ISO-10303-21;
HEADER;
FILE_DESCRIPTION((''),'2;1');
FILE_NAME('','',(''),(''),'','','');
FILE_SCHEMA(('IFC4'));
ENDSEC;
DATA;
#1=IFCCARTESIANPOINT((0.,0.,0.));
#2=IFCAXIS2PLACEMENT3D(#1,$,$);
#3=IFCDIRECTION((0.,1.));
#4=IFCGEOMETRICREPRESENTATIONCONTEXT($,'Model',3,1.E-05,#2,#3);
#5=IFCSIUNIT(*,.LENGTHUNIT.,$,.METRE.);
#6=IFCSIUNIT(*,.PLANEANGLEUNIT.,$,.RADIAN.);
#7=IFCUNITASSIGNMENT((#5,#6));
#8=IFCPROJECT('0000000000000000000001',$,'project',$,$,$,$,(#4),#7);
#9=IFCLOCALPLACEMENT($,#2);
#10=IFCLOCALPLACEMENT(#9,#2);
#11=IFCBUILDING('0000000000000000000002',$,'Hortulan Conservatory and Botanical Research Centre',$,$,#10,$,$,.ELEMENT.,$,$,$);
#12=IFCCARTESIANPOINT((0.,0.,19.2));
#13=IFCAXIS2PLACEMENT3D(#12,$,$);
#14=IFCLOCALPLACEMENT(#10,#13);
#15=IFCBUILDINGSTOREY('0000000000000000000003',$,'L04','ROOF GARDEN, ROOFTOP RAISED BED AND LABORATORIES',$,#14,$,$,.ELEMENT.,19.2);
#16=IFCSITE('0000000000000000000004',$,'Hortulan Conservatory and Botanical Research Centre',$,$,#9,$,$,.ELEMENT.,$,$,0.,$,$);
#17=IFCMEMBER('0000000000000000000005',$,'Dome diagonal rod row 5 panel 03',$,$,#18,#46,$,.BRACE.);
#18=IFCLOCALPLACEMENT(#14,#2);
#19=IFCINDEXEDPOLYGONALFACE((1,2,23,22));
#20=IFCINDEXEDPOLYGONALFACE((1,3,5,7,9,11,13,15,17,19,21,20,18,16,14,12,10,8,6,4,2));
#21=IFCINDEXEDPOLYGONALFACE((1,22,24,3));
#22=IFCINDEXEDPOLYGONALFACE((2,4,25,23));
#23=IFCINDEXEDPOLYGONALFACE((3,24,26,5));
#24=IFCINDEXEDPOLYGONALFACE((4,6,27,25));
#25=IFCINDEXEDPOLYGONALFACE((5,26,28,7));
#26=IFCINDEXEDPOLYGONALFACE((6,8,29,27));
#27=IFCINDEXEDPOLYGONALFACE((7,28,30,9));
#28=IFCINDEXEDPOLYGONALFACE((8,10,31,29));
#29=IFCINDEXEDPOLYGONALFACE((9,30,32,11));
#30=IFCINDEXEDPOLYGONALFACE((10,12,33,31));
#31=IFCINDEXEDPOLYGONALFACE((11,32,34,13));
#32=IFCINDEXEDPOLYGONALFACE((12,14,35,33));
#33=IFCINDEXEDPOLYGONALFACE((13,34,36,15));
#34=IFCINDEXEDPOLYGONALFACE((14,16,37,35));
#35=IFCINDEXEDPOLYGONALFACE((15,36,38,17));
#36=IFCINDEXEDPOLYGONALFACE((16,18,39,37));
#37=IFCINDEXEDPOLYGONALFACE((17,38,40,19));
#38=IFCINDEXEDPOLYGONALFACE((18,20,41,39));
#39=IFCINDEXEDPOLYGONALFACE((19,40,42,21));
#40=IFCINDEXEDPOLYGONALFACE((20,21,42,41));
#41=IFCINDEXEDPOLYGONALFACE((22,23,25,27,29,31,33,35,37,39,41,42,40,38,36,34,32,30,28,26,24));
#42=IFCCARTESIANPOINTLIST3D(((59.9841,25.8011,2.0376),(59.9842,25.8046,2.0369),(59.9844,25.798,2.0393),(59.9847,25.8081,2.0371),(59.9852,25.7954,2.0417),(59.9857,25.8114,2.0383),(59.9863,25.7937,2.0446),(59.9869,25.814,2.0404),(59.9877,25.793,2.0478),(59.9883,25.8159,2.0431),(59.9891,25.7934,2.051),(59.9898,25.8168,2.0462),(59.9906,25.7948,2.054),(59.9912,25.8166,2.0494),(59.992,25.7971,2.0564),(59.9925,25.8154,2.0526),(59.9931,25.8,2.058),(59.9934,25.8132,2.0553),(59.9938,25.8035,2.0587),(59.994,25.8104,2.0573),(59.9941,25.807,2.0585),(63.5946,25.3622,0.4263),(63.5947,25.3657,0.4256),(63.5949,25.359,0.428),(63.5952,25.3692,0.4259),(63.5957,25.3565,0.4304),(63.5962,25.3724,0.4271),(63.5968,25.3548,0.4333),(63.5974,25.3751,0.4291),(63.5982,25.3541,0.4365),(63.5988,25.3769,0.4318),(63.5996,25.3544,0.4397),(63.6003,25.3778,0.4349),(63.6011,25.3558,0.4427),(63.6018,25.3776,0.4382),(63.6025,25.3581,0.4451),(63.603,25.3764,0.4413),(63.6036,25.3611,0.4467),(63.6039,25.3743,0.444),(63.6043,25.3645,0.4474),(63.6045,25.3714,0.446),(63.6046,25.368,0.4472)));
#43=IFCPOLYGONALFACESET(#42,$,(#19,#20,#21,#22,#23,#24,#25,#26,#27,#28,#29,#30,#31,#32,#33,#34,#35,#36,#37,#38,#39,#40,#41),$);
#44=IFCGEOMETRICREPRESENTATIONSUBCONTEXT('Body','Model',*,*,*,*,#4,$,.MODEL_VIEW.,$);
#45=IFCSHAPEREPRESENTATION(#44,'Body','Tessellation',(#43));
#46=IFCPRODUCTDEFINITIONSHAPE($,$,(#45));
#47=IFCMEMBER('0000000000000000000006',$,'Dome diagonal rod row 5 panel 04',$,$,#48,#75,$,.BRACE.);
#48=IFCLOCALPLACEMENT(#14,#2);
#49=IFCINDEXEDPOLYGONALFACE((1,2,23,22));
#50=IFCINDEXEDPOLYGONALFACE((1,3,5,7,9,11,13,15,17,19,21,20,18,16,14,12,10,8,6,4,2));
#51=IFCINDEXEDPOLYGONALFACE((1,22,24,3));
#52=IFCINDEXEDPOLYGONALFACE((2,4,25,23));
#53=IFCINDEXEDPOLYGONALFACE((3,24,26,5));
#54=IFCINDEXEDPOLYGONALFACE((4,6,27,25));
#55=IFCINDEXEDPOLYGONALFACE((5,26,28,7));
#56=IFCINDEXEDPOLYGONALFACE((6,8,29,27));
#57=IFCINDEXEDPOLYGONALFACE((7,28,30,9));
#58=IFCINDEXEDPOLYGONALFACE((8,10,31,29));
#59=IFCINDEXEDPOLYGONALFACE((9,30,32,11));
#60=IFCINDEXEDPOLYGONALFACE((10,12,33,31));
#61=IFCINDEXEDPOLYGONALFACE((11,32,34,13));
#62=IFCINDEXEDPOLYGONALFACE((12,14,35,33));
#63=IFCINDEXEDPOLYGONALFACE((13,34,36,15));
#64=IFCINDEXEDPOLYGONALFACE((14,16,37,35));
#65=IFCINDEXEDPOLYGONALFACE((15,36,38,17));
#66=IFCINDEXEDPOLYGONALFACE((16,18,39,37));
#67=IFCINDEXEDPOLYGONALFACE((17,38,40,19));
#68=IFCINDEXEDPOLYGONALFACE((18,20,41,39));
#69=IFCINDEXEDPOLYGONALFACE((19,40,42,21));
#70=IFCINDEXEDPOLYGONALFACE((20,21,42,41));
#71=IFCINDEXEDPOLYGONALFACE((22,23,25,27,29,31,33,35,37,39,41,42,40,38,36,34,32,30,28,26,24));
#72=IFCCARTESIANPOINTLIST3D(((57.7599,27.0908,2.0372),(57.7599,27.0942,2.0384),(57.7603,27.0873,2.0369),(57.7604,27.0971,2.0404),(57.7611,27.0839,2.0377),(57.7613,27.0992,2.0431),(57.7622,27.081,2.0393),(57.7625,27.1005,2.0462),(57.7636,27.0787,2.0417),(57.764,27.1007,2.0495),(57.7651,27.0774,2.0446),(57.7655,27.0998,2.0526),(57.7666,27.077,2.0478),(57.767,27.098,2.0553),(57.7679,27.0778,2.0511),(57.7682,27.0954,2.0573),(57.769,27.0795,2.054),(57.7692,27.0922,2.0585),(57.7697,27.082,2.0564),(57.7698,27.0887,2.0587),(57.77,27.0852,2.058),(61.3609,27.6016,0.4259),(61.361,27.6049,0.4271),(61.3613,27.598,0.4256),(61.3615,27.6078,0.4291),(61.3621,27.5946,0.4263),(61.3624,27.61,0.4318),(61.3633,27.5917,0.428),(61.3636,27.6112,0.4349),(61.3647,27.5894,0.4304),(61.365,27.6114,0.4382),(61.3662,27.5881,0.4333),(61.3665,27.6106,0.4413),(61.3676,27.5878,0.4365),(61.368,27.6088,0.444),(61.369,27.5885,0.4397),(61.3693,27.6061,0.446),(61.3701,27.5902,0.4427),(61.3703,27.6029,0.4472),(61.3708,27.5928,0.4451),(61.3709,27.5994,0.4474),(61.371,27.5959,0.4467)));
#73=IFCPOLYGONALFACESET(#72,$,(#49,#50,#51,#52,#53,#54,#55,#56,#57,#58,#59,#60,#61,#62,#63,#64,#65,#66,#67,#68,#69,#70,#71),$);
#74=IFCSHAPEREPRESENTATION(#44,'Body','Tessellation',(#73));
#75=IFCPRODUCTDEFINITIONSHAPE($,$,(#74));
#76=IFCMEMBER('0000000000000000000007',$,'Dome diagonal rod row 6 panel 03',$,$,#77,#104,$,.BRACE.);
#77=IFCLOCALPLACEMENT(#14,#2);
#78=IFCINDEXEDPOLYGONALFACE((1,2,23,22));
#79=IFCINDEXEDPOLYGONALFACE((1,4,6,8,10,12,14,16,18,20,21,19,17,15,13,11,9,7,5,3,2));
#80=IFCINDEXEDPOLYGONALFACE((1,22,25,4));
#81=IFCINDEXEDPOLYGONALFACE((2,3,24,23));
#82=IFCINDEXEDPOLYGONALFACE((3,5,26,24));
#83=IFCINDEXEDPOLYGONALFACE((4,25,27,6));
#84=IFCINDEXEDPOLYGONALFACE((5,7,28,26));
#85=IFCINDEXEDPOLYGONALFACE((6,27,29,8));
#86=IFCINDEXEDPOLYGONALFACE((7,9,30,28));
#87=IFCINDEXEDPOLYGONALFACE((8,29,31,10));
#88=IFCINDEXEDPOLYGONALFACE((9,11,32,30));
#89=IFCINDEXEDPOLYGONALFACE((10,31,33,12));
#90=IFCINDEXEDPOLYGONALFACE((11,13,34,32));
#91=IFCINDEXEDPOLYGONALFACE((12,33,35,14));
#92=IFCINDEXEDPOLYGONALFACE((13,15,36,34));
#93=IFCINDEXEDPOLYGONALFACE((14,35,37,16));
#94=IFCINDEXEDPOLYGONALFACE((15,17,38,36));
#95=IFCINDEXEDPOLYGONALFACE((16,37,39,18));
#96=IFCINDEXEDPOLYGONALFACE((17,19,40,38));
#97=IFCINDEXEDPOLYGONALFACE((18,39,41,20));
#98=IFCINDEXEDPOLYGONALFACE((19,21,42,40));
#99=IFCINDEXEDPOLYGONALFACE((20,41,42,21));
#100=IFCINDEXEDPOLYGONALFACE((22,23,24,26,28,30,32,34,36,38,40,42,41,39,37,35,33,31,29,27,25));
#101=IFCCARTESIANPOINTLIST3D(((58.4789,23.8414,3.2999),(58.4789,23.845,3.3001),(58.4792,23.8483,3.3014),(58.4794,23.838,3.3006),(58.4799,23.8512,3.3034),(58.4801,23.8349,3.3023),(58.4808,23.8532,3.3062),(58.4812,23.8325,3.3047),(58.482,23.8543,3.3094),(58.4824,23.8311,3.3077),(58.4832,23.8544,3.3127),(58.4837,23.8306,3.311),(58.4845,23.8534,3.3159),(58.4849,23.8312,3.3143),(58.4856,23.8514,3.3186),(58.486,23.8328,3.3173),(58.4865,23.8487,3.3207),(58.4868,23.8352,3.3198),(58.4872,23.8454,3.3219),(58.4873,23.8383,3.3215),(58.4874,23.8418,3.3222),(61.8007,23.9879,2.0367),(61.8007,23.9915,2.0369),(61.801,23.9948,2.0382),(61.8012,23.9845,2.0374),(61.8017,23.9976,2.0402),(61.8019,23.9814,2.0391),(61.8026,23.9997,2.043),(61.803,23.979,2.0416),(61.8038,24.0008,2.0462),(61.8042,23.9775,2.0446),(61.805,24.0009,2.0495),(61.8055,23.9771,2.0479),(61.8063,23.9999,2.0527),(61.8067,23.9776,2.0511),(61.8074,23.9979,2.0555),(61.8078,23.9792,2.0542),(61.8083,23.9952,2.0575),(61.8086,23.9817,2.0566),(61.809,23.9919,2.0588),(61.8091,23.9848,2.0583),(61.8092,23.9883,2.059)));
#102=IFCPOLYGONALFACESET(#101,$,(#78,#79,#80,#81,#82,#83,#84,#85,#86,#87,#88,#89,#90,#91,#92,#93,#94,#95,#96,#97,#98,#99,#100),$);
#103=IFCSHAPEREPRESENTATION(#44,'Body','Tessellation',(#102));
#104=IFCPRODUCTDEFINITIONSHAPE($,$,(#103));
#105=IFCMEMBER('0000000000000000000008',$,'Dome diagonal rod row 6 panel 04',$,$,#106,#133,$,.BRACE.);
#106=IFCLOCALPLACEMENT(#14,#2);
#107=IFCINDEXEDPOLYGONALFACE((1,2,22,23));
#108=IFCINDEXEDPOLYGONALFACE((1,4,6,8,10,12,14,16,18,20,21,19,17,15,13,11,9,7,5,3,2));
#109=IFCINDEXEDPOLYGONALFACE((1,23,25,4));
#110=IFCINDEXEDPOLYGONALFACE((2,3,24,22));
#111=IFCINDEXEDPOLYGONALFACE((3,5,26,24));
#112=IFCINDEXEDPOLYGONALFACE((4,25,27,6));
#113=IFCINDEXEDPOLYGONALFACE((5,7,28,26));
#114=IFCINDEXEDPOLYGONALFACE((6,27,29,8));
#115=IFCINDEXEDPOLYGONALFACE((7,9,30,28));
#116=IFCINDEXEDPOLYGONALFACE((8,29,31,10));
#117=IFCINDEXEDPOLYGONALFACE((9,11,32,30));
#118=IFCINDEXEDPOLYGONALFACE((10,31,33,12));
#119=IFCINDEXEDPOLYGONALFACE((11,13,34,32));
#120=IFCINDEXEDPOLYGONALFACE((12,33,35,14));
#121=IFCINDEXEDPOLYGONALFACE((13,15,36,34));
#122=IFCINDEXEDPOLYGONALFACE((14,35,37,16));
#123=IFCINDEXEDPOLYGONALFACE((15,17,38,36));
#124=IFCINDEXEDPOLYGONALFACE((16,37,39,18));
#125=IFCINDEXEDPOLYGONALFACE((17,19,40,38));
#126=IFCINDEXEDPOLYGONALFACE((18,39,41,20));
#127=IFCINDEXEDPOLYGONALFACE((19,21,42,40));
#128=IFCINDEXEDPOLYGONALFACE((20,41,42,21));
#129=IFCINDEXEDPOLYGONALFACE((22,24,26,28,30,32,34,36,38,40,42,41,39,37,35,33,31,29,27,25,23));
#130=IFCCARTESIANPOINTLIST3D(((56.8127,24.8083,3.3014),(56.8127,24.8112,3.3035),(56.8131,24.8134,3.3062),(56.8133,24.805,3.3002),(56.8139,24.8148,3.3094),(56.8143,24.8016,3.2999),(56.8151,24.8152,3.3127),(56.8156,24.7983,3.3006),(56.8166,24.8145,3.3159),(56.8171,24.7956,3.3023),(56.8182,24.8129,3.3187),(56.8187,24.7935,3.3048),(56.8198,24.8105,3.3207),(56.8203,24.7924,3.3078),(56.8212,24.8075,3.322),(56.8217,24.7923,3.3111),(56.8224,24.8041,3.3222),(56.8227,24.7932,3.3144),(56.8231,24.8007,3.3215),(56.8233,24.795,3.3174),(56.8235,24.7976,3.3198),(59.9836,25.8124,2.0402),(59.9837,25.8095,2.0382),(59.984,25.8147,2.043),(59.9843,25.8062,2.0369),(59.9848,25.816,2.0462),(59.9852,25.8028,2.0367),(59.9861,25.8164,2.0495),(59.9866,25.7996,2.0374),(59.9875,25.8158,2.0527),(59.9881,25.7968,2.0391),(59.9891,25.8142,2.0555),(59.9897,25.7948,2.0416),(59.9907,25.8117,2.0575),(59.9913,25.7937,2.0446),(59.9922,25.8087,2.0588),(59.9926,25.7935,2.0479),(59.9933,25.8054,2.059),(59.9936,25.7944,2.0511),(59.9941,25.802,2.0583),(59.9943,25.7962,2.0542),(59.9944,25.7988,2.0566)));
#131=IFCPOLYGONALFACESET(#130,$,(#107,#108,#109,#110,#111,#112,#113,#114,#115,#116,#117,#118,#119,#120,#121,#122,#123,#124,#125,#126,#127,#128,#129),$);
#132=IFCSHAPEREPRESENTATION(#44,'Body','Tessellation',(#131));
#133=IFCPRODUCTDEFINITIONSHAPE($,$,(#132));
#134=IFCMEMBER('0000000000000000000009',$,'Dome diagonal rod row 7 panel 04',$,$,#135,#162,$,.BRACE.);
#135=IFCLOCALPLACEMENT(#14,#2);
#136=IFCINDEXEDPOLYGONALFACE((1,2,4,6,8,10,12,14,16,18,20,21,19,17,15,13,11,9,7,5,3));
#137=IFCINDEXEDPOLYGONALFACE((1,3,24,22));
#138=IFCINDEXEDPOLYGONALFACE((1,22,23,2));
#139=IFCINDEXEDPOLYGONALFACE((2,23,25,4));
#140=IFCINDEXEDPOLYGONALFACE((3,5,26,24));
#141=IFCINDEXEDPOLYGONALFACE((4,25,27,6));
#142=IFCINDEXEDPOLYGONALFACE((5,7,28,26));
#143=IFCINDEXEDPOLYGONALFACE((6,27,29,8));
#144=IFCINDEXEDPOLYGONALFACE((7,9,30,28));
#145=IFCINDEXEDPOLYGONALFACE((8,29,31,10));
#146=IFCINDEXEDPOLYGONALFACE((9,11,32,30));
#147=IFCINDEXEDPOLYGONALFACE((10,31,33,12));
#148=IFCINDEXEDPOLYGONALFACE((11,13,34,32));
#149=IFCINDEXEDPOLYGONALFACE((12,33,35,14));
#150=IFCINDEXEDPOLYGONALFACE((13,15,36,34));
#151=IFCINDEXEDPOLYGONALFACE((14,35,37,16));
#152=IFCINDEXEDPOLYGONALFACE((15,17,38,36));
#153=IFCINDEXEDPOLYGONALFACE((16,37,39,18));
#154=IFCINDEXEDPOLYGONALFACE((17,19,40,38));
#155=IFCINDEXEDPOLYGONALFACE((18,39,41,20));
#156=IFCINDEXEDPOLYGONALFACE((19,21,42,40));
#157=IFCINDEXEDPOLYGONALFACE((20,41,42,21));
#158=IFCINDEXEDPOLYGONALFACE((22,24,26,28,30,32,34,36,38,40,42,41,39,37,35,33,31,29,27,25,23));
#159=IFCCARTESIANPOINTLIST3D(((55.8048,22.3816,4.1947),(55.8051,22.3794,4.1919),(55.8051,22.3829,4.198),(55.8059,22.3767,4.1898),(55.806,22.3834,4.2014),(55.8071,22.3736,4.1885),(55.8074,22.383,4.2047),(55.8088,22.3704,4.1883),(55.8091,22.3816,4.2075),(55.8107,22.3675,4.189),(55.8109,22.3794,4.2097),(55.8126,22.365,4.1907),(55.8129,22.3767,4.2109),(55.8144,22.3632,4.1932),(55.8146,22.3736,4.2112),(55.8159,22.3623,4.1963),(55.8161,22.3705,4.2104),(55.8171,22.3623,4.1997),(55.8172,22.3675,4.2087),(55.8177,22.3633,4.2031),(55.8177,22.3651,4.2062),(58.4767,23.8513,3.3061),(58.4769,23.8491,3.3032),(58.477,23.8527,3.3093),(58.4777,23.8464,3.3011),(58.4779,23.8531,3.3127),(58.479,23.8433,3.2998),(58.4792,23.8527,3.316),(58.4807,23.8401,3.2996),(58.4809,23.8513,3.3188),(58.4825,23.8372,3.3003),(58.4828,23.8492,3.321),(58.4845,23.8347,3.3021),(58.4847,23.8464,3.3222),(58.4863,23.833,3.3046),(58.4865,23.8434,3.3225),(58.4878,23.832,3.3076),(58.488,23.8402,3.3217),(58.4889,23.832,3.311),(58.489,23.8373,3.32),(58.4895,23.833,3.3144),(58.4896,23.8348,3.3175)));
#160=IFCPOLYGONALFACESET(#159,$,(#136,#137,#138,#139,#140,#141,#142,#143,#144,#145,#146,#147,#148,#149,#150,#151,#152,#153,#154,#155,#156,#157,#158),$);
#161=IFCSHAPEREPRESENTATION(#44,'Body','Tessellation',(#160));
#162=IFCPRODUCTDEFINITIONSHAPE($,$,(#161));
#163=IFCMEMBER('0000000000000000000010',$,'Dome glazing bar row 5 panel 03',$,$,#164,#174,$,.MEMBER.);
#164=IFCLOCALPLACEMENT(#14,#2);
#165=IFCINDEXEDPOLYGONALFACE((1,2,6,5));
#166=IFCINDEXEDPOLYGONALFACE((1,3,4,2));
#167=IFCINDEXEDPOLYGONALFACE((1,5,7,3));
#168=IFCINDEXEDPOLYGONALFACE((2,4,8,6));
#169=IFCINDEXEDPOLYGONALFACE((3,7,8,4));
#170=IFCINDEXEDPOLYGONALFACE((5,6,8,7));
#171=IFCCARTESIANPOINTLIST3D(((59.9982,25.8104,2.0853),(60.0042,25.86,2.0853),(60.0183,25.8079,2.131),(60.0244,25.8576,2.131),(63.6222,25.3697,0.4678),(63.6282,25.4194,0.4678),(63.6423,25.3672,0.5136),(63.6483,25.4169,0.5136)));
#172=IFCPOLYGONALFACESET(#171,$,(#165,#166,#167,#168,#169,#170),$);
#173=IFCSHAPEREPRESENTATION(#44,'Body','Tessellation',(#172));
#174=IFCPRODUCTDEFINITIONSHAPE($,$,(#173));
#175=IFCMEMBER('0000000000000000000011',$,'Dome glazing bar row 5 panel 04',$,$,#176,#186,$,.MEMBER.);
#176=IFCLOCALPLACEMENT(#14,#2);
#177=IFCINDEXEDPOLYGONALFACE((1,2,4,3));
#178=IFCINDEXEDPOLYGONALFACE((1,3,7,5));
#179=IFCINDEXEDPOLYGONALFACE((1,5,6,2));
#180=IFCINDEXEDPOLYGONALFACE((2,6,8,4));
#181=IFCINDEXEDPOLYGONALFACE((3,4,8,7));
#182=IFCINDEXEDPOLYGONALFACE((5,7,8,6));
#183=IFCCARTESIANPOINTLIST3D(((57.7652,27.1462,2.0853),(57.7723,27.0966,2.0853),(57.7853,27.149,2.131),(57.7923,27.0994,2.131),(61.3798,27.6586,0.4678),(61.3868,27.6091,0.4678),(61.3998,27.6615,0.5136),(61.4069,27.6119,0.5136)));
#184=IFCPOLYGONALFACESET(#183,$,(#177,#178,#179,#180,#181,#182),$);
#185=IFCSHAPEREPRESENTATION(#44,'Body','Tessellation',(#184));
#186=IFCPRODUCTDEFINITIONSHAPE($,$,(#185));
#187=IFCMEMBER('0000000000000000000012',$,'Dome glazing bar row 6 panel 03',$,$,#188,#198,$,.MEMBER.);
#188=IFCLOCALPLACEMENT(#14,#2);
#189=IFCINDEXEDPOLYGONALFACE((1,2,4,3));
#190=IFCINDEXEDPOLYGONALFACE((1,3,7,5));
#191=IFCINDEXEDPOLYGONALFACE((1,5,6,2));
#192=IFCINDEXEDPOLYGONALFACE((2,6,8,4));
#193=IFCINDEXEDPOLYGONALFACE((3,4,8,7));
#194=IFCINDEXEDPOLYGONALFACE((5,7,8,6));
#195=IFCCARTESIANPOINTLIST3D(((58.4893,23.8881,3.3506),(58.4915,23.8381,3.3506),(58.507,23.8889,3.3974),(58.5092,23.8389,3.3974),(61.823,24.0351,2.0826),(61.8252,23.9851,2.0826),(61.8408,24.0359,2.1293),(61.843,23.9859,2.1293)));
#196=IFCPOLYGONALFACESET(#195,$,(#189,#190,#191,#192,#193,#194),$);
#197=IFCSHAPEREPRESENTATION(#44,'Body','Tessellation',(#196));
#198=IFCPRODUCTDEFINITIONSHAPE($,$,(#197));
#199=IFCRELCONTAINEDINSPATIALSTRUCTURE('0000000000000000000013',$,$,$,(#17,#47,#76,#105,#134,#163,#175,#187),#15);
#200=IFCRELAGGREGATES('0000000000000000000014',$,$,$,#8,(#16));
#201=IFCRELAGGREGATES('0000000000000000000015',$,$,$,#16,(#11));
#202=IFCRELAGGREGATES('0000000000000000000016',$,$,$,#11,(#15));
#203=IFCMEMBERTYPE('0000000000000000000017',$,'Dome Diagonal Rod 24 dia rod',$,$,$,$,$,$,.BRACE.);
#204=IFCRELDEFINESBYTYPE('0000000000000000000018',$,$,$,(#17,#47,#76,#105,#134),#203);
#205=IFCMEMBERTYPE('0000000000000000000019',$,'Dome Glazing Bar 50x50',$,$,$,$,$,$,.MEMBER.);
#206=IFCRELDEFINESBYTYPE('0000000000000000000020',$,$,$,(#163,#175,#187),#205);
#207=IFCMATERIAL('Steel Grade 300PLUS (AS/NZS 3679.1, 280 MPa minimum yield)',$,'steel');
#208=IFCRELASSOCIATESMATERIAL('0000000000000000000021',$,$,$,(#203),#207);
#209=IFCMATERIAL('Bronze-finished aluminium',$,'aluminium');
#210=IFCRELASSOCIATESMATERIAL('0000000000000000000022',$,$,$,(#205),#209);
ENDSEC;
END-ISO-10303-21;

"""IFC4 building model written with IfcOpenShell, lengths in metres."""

from ifc_helpers import new_model, si_unit, direction, frame, origin, origin_2d, place, context, subcontext, project, spatial, rectangle, circle, extrude, material, material_profile, profile_set, type_object, element, save


model = new_model("IFC4")

# Units and contexts
model_context = context("Model", 3, precision=1e-05, world=origin(), true_north=direction((0.0, 1.0)))
body_context = subcontext(model_context, "Body", "Model", "MODEL_VIEW")
ifc_project = project(units=[si_unit("LENGTHUNIT", "METRE"), si_unit("PLANEANGLEUNIT", "RADIAN")], contexts=[model_context])

# Site, building, storey
site_placement = place(None, origin())
site = spatial("IfcSite", under=ifc_project, at=site_placement, Name="Hortulan Conservatory and Botanical Research Centre", CompositionType="ELEMENT", RefElevation=0.0)
building_placement = place(site_placement, origin())
building = spatial("IfcBuilding", under=site, at=building_placement, Name="Hortulan Conservatory and Botanical Research Centre", CompositionType="ELEMENT")
storey_placement = place(building_placement, frame((0.0, 0.0, 19.2)))
storey = spatial("IfcBuildingStorey", under=building, at=storey_placement, Name="L04", Description="ROOF GARDEN, ROOFTOP RAISED BED AND LABORATORIES", CompositionType="ELEMENT", Elevation=19.2)

# Members
ifc_material_1 = material(Name="Steel Grade 300PLUS (AS/NZS 3679.1, 280 MPa minimum yield)", Category="steel")
ifc_material_profile_1 = material_profile(ifc_material_1, circle(Radius=0.012, at=origin_2d()), Name="24 dia rod")
ifc_profile_set_1 = profile_set([ifc_material_profile_1], Name="Steel Grade 300PLUS (AS/NZS 3679.1, 280 MPa minimum yield)")
member_type_1 = type_object("IfcMemberType", Name="Dome Diagonal Rod 24 dia rod", PredefinedType="BRACE", material=ifc_profile_set_1)
for number, where, z_axis, x_axis, name in (
    (1, (63.5996, 25.366, 0.4365), (-0.907613, 0.110345, 0.405047), (-0.120688, -0.99269, 0.0), "Dome diagonal rod row 5 panel 03"),
    (2, (61.366, 27.5996, 0.4365), (-0.905233, -0.12839, 0.405054), (0.140425, -0.990091, 0.0), "Dome diagonal rod row 5 panel 04"),
):
    element("IfcMember", number, at=place(storey_placement, frame(where, z_axis=z_axis, x_axis=x_axis)), inside=storey, type_object=member_type_1, Name=name, PredefinedType="BRACE", context=body_context, shape_type="SweptSolid", body=[
        extrude(circle(Radius=0.012, at=origin_2d()), origin(), (0.0, 0.0, 1.0), 3.978),
    ])
member_1_placement = place(storey_placement, frame((61.8049, 23.989, 2.0479), z_axis=(-0.933906, -0.041184, 0.35514), x_axis=(0.044055, -0.999029, 0.0)))
element("IfcMember", 3, at=member_1_placement, inside=storey, type_object=member_type_1, Name="Dome diagonal rod row 6 panel 03", PredefinedType="BRACE", context=body_context, shape_type="SweptSolid", body=[
    extrude(circle(Radius=0.012, at=origin_2d()), origin(), (0.0, 0.0, 1.0), 3.5569),
])
member_2_placement = place(storey_placement, frame((59.989, 25.8049, 2.0479), z_axis=(-0.891438, -0.281474, 0.35512), x_axis=(0.3011, -0.953593, 0.0)))
element("IfcMember", 4, at=member_2_placement, inside=storey, type_object=member_type_1, Name="Dome diagonal rod row 6 panel 04", PredefinedType="BRACE", context=body_context, shape_type="SweptSolid", body=[
    extrude(circle(Radius=0.012, at=origin_2d()), origin(), (0.0, 0.0, 1.0), 3.5571),
])
member_3_placement = place(storey_placement, frame((58.4832, 23.8425, 3.311), z_axis=(-0.841197, -0.46272, 0.279784), x_axis=(0.481968, -0.876189, 0.0)))
element("IfcMember", 5, at=member_3_placement, inside=storey, type_object=member_type_1, Name="Dome diagonal rod row 7 panel 04", PredefinedType="BRACE", context=body_context, shape_type="SweptSolid", body=[
    extrude(circle(Radius=0.012, at=origin_2d()), origin(), (0.0, 0.0, 1.0), 3.1763),
])
ifc_material_2 = material(Name="Bronze-finished aluminium", Category="aluminium")
ifc_material_profile_2 = material_profile(ifc_material_2, rectangle(XDim=0.05, YDim=0.05, at=origin_2d()), Name="Square bar 50x50")
ifc_profile_set_2 = profile_set([ifc_material_profile_2], Name="Bronze-finished aluminium")
member_type_2 = type_object("IfcMemberType", Name="Dome Glazing Bar 50x50", PredefinedType="MEMBER", material=ifc_profile_set_2)
for number, where, z_axis, x_axis, name in (
    (6, (63.6353, 25.3933, 0.4907), (-0.907601, 0.110362, 0.40507), (-0.120709, -0.992688, 0.0), "Dome glazing bar row 5 panel 03"),
    (7, (61.3933, 27.6353, 0.4907), (-0.90523, -0.12834, 0.405076), (0.140373, -0.990099, 0.0), "Dome glazing bar row 5 panel 04"),
):
    element("IfcMember", number, at=place(storey_placement, frame(where, z_axis=z_axis, x_axis=x_axis)), inside=storey, type_object=member_type_2, Name=name, PredefinedType="MEMBER", context=body_context, shape_type="SweptSolid", body=[
        extrude(rectangle(XDim=0.05, YDim=0.05, at=origin_2d()), origin(), (0.0, 0.0, 1.0), 3.9929),
    ])
for number, where, z_axis, x_axis, name in (
    (8, (61.833, 24.0105, 2.106), (-0.933875, -0.041171, 0.355221), (0.044044, -0.99903, 0.0), "Dome glazing bar row 6 panel 03"),
):
    element("IfcMember", number, at=place(storey_placement, frame(where, z_axis=z_axis, x_axis=x_axis)), inside=storey, type_object=member_type_2, Name=name, PredefinedType="MEMBER", context=body_context, shape_type="SweptSolid", body=[
        extrude(rectangle(XDim=0.05, YDim=0.05, at=origin_2d()), origin(), (0.0, 0.0, 1.0), 3.5698),
    ])

save(model, "model.ifc")
